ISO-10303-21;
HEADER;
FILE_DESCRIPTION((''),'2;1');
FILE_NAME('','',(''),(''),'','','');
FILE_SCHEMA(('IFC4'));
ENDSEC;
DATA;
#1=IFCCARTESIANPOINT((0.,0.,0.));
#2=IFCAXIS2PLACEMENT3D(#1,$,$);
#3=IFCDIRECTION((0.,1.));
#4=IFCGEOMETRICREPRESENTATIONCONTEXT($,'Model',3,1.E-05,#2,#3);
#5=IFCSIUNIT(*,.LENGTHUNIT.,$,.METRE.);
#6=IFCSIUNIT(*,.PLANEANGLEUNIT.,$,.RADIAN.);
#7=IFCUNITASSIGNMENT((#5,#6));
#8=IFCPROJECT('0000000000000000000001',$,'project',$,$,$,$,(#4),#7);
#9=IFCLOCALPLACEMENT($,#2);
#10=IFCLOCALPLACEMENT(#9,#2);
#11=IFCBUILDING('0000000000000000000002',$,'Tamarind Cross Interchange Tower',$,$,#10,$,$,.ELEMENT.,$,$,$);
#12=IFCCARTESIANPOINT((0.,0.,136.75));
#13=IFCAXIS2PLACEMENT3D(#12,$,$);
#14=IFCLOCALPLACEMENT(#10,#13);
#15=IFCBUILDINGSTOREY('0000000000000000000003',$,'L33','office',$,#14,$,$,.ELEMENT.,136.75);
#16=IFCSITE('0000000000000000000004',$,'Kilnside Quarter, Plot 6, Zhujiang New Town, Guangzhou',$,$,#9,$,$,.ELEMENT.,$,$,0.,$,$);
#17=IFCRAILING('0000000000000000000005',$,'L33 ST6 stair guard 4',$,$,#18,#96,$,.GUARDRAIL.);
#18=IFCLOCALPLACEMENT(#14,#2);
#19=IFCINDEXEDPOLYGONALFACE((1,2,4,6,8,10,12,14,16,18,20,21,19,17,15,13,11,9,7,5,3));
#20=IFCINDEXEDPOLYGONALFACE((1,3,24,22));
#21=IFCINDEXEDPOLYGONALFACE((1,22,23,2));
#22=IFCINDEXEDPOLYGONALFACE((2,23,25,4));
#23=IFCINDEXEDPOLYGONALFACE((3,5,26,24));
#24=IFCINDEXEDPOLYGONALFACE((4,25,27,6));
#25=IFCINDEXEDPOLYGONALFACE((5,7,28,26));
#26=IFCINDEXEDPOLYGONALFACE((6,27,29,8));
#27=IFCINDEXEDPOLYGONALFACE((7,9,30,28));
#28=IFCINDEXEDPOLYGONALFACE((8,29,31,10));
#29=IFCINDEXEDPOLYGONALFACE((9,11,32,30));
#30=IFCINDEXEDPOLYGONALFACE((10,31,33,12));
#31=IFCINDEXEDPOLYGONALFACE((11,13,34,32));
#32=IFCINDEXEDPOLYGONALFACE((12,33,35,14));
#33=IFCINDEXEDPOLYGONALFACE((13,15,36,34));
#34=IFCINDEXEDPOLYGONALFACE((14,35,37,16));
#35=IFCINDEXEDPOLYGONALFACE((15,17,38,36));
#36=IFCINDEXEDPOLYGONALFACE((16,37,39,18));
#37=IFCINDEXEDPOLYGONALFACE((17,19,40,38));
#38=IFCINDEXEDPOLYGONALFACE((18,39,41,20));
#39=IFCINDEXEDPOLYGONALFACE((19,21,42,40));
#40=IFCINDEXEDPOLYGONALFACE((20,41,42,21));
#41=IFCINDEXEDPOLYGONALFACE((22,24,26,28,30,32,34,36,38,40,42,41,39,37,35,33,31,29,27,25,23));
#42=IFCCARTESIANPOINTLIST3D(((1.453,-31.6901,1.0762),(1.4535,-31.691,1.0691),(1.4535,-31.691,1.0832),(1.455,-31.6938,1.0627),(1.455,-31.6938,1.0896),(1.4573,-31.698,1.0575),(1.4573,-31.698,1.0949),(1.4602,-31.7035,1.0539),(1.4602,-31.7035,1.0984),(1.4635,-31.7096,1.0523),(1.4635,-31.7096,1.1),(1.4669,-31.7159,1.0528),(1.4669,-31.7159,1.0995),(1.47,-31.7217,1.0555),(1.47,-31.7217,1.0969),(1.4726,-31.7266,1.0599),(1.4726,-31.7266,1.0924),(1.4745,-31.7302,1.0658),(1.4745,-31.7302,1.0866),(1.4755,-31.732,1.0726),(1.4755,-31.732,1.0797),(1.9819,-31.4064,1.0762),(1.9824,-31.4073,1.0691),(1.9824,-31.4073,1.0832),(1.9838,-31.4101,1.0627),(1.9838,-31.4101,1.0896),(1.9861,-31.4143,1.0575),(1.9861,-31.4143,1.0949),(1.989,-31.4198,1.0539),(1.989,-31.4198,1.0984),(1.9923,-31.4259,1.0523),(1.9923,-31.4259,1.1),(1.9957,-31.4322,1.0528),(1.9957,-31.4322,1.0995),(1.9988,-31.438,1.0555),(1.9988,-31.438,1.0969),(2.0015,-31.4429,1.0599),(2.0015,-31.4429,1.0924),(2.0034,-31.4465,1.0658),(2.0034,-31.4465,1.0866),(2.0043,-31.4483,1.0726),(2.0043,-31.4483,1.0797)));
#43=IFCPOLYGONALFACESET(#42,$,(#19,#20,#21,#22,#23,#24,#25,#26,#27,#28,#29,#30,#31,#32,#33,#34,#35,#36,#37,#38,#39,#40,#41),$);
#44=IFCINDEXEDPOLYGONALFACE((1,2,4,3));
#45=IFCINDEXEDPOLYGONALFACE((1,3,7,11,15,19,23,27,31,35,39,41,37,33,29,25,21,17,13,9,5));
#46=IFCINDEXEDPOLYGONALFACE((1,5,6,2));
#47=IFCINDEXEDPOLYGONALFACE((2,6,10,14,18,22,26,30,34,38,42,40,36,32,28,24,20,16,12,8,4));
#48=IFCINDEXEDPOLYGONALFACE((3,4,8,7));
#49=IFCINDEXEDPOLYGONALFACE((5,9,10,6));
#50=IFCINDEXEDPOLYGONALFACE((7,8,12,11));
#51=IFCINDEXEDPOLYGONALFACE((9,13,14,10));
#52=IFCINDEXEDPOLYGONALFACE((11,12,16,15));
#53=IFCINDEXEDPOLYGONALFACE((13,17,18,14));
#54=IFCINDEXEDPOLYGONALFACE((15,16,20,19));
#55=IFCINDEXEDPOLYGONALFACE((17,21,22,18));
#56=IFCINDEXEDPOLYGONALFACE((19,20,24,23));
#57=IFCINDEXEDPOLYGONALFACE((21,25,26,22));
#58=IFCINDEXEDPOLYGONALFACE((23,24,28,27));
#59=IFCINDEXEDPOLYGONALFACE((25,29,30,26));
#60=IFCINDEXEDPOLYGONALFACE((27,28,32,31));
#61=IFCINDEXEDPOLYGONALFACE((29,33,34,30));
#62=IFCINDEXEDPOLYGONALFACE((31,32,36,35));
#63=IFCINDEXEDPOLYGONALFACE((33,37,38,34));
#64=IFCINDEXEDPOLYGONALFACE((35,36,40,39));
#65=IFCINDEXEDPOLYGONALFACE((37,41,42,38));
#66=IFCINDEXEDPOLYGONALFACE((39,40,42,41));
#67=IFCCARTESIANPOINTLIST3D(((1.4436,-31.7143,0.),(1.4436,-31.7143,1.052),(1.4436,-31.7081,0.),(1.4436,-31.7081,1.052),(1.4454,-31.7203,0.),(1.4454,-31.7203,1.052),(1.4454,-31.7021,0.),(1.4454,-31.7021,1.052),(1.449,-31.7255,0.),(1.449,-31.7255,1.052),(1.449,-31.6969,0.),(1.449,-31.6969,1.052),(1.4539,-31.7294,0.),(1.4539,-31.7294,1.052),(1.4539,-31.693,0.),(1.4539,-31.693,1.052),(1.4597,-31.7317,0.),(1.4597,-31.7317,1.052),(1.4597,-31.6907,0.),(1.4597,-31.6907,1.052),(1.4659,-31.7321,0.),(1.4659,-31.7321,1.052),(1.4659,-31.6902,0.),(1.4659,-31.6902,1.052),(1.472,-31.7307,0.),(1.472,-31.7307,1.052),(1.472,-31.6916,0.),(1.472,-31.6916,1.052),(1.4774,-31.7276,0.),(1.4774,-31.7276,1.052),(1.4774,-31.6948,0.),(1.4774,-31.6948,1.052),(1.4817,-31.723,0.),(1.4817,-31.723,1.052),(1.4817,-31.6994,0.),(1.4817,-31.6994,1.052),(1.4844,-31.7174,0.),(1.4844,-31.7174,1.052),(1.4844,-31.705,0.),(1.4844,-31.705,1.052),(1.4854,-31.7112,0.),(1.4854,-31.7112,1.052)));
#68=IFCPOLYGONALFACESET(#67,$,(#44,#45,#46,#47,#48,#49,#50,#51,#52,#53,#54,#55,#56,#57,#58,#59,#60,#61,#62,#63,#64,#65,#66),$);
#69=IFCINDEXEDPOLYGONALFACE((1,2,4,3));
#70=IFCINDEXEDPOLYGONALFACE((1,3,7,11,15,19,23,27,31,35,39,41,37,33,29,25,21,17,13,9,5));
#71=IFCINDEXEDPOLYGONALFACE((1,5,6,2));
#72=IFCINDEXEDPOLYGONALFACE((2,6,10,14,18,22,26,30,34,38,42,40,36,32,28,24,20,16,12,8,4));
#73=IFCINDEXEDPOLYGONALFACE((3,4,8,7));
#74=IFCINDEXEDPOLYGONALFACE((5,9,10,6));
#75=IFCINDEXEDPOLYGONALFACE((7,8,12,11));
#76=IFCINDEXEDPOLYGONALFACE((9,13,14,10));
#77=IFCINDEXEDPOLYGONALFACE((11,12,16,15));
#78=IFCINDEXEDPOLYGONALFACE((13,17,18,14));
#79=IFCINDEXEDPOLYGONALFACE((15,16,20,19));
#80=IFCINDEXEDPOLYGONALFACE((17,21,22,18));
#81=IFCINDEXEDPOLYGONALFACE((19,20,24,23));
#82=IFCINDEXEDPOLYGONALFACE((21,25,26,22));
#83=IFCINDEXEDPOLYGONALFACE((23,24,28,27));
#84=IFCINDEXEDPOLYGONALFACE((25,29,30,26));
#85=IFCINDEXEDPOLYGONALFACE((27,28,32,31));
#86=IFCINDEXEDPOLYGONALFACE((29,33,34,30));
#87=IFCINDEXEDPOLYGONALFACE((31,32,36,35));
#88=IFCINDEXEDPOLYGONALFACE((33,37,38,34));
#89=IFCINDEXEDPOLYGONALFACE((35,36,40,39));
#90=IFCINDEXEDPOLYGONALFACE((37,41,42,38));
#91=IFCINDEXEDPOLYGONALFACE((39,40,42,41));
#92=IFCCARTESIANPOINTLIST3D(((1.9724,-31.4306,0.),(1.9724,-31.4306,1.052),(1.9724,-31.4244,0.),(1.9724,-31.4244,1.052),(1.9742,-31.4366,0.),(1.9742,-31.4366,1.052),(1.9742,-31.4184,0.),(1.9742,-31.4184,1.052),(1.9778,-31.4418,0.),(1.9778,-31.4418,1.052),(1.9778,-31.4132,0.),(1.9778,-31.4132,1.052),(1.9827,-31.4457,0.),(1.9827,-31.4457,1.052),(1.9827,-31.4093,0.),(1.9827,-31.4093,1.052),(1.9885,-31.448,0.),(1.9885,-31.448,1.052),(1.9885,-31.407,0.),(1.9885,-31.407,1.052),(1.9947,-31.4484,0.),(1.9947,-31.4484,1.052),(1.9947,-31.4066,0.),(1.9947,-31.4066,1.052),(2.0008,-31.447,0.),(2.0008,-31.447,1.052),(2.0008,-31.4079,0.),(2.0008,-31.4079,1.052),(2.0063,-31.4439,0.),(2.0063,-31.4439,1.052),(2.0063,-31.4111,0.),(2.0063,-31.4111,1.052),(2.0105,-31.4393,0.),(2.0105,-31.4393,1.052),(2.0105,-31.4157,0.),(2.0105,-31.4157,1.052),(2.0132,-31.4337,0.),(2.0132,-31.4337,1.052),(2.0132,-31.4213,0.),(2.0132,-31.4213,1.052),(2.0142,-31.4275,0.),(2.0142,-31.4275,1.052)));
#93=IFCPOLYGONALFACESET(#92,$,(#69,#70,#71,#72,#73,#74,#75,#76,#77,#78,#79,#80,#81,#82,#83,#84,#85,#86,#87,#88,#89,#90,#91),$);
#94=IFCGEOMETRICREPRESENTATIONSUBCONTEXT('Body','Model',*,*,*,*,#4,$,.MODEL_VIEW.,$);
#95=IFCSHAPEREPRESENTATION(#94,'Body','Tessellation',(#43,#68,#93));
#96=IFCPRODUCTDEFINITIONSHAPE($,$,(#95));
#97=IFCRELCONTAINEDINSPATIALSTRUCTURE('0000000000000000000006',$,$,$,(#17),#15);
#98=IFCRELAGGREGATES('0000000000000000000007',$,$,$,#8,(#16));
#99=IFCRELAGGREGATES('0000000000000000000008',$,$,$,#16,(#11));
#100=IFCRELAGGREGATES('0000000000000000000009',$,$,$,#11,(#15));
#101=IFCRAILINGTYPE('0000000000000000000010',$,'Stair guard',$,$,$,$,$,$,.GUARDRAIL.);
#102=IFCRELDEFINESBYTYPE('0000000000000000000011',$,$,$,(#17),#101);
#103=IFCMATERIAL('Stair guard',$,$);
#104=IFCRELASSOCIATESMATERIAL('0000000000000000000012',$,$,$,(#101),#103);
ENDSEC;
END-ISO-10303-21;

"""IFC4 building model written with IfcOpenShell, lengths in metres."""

from ifc_helpers import new_model, si_unit, direction, frame, origin, origin_2d, place, context, subcontext, project, spatial, circle, extrude, material, type_object, element, save


model = new_model("IFC4")

# Units and contexts
model_context = context("Model", 3, precision=1e-05, world=origin(), true_north=direction((0.0, 1.0)))
body_context = subcontext(model_context, "Body", "Model", "MODEL_VIEW")
ifc_project = project(units=[si_unit("LENGTHUNIT", "METRE"), si_unit("PLANEANGLEUNIT", "RADIAN")], contexts=[model_context])

# Site, building, storey
site_placement = place(None, origin())
site = spatial("IfcSite", under=ifc_project, at=site_placement, Name="Kilnside Quarter, Plot 6, Zhujiang New Town, Guangzhou", CompositionType="ELEMENT", RefElevation=0.0)
building_placement = place(site_placement, origin())
building = spatial("IfcBuilding", under=site, at=building_placement, Name="Tamarind Cross Interchange Tower", CompositionType="ELEMENT")
storey_placement = place(building_placement, frame((0.0, 0.0, 136.75)))
storey = spatial("IfcBuildingStorey", under=building, at=storey_placement, Name="L33", Description="office", CompositionType="ELEMENT", Elevation=136.75)

# Railing
ifc_material_1 = material(Name="Stair guard")
railing_type = type_object("IfcRailingType", Name="Stair guard", PredefinedType="GUARDRAIL", material=ifc_material_1)
railing_1_placement = place(storey_placement, frame((1.4644, -31.7112, 0.0)))
element("IfcRailing", 1, at=railing_1_placement, inside=storey, type_object=railing_type, Name="L33 ST6 stair guard 4", PredefinedType="GUARDRAIL", context=body_context, shape_type="SweptSolid", body=[
    extrude(circle(Radius=0.0239, at=origin_2d()), frame((0.0, 0.0, 1.0762), z_axis=(0.881202, 0.472741, 0.0), x_axis=(-0.472741, 0.881202, 0.0)), (0.0, 0.0, 1.0), 0.6001),
    extrude(circle(Radius=0.021, at=origin_2d()), origin(), (0.0, 0.0, 1.0), 1.052),
    extrude(circle(Radius=0.021, at=origin_2d()), frame((0.5288, 0.2837, 0.0)), (0.0, 0.0, 1.0), 1.052),
])

save(model, "model.ifc")
